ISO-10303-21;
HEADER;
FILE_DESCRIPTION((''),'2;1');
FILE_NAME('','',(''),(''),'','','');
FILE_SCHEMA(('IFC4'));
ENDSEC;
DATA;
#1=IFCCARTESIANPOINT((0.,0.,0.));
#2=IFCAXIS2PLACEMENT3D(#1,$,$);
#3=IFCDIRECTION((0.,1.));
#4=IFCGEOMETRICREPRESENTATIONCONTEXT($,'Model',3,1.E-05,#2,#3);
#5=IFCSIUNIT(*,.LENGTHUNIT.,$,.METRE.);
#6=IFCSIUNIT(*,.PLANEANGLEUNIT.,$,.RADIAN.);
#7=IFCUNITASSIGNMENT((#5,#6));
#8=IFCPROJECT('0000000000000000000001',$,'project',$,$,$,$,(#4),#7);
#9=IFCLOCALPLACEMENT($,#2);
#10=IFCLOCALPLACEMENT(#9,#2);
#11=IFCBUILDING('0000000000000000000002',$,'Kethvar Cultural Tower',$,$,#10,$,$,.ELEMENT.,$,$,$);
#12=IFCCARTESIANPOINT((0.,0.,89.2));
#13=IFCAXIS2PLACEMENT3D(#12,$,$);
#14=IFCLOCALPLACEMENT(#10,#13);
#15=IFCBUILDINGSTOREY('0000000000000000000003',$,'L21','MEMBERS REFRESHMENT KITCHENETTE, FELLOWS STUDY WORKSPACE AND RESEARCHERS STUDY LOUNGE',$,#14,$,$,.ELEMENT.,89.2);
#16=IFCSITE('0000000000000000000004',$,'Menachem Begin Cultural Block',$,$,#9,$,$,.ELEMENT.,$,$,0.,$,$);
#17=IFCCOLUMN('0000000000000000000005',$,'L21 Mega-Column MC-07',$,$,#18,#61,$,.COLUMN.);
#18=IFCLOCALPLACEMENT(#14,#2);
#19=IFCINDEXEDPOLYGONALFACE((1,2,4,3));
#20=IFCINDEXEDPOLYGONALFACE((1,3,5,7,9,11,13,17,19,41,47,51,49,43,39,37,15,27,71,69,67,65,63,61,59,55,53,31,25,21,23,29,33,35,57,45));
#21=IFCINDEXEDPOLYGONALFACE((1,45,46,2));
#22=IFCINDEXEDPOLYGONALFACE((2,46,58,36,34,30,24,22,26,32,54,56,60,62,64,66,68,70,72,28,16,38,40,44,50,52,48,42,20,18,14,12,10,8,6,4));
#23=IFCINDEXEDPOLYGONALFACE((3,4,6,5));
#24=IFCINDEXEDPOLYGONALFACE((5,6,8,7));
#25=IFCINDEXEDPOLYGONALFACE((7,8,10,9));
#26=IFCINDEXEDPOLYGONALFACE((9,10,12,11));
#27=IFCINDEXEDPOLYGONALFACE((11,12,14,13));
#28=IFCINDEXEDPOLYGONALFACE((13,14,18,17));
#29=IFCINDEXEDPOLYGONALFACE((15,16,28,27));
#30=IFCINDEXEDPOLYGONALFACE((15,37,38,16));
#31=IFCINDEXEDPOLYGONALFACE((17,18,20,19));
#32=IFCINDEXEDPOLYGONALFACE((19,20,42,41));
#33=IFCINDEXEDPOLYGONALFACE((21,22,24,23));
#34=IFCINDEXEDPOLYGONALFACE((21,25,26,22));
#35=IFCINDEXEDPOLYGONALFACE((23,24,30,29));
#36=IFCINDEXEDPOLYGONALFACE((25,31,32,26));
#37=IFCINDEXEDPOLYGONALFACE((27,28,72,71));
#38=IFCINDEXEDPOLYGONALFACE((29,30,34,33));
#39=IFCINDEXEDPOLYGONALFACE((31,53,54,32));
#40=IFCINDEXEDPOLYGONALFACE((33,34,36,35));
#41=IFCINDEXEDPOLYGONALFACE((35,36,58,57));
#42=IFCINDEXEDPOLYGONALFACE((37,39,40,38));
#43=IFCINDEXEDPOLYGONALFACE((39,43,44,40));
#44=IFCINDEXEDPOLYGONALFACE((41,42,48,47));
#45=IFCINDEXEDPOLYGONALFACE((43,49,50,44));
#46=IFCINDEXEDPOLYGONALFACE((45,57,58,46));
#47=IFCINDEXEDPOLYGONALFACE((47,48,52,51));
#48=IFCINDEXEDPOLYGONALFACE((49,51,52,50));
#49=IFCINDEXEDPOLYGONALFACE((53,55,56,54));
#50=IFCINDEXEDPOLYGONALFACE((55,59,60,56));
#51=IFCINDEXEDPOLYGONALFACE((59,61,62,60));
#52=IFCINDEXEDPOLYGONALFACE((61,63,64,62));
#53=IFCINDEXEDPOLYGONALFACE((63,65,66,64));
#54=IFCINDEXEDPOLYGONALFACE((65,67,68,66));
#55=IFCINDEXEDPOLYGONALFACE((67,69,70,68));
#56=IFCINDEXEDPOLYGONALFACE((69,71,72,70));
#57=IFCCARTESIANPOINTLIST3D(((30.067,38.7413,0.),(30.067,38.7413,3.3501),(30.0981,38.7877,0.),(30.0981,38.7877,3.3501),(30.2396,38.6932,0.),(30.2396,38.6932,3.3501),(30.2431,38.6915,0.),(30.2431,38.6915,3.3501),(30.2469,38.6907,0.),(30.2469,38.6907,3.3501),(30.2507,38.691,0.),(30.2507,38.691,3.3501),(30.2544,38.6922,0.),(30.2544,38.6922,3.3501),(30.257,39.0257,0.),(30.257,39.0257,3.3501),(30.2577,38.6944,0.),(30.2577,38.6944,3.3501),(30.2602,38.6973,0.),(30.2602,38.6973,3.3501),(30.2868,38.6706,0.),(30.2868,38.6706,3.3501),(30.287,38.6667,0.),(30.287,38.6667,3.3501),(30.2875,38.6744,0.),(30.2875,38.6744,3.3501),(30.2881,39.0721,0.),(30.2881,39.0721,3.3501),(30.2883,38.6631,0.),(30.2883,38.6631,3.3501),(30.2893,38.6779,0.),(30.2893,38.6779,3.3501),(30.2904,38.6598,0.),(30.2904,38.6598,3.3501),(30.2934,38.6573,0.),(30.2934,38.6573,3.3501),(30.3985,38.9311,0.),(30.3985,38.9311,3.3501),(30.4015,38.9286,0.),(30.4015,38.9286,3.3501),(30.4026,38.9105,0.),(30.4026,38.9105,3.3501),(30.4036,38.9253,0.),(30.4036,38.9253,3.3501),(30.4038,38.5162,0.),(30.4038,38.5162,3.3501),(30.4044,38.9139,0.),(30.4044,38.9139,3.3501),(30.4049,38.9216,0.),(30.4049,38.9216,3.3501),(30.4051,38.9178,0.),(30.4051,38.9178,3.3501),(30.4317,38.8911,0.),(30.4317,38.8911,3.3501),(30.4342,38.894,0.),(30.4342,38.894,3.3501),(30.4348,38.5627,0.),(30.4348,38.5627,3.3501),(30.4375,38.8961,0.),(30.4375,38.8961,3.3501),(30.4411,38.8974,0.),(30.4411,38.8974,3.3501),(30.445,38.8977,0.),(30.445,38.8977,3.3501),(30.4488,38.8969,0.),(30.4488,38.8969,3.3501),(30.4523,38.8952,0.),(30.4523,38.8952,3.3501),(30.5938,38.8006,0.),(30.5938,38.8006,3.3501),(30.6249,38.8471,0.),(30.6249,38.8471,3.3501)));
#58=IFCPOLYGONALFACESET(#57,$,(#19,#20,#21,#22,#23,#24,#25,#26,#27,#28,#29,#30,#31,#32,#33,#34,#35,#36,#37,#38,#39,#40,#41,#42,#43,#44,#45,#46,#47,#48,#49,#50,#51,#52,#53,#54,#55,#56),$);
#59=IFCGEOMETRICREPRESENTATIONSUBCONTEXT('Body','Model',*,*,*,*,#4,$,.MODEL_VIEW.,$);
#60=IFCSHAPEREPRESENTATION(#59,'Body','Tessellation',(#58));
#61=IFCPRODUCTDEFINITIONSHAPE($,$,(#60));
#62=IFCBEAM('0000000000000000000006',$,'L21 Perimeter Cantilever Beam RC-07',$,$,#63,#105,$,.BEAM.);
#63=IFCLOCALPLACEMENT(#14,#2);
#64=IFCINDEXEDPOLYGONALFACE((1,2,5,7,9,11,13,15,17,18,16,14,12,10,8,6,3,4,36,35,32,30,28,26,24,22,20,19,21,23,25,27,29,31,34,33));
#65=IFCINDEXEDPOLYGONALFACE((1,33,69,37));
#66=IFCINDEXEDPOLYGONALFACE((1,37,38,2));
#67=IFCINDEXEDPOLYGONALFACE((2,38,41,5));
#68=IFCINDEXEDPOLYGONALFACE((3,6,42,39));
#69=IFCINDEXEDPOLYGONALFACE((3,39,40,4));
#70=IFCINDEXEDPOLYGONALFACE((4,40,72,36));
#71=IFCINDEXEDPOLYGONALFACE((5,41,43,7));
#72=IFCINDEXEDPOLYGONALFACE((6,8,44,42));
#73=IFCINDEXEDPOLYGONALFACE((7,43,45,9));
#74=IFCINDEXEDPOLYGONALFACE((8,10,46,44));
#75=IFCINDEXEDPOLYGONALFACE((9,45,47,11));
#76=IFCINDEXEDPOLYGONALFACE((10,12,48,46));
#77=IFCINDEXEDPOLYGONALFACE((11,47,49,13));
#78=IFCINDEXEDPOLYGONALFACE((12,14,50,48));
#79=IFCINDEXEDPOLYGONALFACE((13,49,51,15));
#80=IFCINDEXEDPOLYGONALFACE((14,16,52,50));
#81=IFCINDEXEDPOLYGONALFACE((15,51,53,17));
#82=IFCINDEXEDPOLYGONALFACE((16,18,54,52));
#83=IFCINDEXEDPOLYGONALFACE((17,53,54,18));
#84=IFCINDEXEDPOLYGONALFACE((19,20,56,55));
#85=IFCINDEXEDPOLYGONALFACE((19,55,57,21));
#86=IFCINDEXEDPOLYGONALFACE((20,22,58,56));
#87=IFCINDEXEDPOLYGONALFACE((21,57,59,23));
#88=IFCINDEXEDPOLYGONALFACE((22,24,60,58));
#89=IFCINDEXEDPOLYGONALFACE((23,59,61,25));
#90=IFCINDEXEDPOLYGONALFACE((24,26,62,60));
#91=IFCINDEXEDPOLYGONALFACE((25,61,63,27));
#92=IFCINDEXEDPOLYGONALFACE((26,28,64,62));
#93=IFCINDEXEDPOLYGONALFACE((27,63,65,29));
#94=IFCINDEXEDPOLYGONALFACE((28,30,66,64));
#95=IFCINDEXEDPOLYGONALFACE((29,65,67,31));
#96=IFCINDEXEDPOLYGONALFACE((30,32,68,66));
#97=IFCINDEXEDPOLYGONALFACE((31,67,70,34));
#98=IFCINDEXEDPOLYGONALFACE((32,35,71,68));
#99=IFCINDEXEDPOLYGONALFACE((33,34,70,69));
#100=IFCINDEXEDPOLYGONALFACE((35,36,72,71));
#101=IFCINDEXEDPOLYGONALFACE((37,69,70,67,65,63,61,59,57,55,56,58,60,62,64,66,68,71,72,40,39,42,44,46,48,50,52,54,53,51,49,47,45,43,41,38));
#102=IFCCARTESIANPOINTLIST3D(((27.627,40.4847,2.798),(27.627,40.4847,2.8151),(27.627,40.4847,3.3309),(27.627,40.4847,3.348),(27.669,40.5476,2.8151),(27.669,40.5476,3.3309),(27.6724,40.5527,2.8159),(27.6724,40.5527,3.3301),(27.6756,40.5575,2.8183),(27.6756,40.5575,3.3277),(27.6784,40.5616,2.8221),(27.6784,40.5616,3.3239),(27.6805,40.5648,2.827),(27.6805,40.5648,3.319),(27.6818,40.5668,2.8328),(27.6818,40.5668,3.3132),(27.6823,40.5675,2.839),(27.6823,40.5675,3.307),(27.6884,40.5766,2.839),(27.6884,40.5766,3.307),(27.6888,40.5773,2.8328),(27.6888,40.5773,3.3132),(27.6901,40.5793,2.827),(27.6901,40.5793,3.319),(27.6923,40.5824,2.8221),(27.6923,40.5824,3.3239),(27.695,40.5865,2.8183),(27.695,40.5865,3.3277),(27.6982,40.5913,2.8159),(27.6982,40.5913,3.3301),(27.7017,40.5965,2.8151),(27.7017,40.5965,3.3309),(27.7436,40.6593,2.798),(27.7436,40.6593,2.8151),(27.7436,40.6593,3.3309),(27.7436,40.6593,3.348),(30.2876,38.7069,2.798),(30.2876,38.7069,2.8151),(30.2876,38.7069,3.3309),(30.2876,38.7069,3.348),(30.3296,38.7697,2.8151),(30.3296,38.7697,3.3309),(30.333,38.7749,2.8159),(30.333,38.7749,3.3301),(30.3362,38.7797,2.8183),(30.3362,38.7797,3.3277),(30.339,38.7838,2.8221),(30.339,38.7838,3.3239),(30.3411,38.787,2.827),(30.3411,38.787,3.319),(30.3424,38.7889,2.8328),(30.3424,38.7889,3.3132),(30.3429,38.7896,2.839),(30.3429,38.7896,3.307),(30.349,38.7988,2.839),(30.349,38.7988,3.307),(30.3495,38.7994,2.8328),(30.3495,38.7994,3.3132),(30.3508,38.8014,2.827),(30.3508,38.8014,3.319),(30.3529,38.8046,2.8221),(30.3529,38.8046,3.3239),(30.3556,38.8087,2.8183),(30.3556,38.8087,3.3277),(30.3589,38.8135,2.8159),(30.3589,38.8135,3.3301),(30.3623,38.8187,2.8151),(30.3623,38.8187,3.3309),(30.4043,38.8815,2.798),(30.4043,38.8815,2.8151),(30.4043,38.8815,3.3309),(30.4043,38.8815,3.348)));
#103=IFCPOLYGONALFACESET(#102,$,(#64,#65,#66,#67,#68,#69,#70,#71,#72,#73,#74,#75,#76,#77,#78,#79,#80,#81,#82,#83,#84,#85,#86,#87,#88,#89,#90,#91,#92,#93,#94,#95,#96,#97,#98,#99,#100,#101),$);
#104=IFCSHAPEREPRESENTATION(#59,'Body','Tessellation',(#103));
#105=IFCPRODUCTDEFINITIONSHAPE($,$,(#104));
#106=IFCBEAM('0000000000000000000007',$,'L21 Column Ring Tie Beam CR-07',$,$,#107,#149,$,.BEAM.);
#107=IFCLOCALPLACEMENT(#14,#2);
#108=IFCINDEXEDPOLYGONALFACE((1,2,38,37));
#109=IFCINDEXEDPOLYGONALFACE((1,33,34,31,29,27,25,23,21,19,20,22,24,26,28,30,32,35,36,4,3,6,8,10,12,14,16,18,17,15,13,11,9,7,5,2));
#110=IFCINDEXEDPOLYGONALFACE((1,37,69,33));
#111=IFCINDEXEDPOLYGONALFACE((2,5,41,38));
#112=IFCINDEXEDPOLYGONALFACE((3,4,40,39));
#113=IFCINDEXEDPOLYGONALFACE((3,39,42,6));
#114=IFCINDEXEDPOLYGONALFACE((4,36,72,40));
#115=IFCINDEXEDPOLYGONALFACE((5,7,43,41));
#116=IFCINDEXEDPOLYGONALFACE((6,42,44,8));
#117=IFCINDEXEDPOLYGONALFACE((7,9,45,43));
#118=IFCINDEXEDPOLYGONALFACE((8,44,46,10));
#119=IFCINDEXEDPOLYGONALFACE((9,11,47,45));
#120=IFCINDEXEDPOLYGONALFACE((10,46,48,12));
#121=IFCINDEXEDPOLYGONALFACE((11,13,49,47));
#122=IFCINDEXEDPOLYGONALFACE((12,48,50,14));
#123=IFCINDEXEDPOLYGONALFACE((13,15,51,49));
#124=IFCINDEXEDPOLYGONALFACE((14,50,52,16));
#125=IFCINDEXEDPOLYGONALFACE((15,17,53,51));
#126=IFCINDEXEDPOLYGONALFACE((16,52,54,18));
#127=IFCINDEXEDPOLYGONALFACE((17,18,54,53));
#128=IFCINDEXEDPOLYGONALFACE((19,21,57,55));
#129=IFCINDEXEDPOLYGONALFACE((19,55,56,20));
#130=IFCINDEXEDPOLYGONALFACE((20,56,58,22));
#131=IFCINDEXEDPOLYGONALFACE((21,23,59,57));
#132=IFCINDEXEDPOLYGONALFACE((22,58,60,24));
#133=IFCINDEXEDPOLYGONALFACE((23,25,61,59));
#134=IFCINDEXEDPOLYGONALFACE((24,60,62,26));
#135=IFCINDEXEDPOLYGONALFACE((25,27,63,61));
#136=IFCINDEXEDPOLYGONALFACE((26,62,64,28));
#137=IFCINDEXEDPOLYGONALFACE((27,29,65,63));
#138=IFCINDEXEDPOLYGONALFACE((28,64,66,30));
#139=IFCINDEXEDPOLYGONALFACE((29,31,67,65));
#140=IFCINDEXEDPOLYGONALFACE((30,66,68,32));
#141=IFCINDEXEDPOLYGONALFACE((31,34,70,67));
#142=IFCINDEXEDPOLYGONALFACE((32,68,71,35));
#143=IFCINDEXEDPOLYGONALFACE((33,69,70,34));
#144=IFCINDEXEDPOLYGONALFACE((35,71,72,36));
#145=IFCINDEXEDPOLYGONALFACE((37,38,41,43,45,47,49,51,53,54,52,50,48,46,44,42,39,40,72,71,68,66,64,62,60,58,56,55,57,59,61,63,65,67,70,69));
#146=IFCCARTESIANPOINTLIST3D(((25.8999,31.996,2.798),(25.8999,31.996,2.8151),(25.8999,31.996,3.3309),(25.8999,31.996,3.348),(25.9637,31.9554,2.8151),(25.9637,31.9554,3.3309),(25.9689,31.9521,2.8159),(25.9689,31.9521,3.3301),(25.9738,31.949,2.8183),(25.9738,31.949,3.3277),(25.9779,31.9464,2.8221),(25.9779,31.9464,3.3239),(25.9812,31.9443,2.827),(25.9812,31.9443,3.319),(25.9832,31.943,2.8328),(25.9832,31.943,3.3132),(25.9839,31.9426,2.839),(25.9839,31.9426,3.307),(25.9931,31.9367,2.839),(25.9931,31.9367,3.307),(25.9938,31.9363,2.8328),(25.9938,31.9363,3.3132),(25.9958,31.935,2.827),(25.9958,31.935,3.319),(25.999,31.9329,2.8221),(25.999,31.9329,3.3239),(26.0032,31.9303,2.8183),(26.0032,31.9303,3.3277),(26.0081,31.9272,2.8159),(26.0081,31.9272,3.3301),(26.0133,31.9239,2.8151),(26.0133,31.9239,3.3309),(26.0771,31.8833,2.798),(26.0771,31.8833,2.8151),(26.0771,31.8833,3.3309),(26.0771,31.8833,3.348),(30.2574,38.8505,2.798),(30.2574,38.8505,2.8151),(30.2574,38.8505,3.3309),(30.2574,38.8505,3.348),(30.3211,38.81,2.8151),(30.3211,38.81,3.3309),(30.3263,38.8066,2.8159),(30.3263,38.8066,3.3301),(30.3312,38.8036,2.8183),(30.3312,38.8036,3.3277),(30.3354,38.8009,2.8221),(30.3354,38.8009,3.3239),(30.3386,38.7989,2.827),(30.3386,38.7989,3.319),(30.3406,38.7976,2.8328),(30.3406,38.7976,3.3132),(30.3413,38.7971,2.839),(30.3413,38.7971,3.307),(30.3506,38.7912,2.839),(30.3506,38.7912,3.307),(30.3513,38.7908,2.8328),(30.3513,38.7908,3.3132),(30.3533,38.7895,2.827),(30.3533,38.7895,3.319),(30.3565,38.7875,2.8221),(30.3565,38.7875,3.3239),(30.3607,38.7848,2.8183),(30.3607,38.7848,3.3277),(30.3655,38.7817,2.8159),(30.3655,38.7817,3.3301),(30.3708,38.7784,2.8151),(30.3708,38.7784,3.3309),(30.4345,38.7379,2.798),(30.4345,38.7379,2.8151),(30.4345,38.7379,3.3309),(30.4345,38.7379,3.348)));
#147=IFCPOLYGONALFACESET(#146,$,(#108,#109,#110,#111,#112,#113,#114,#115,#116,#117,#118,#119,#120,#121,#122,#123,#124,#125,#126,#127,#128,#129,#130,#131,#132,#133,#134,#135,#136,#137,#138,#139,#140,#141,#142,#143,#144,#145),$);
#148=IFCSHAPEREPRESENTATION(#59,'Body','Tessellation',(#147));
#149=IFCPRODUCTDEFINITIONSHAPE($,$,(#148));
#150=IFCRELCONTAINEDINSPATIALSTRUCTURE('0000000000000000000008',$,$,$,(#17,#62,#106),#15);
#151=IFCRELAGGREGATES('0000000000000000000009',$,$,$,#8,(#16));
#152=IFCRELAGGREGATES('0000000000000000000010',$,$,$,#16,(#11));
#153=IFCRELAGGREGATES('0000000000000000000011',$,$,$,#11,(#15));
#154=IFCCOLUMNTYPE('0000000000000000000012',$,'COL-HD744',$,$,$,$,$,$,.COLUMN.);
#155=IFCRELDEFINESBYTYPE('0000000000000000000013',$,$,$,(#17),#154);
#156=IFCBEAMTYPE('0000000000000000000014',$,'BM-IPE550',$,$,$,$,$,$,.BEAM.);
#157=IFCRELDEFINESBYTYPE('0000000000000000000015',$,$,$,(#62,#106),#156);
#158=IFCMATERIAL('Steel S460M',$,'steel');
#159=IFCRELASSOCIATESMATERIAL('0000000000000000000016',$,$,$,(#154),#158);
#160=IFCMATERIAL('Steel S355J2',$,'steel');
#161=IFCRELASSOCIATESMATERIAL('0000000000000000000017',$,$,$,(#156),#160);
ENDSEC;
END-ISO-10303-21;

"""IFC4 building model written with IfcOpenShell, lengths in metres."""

from ifc_helpers import new_model, si_unit, direction, frame, origin, origin_2d, place, context, subcontext, project, spatial, i_section, extrude, source, transform, mapped, material, material_profile, profile_set, type_object, element, save


model = new_model("IFC4")

# Units and contexts
model_context = context("Model", 3, precision=1e-05, world=origin(), true_north=direction((0.0, 1.0)))
body_context = subcontext(model_context, "Body", "Model", "MODEL_VIEW")
ifc_project = project(units=[si_unit("LENGTHUNIT", "METRE"), si_unit("PLANEANGLEUNIT", "RADIAN")], contexts=[model_context])

# Site, building, storey
site_placement = place(None, origin())
site = spatial("IfcSite", under=ifc_project, at=site_placement, Name="Menachem Begin Cultural Block", CompositionType="ELEMENT", RefElevation=0.0)
building_placement = place(site_placement, origin())
building = spatial("IfcBuilding", under=site, at=building_placement, Name="Kethvar Cultural Tower", CompositionType="ELEMENT")
storey_placement = place(building_placement, frame((0.0, 0.0, 89.2)))
storey = spatial("IfcBuildingStorey", under=building, at=storey_placement, Name="L21", Description="MEMBERS REFRESHMENT KITCHENETTE, FELLOWS STUDY WORKSPACE AND RESEARCHERS STUDY LOUNGE", CompositionType="ELEMENT", Elevation=89.2)

# Column
ifc_material_1 = material(Name="Steel S460M", Category="steel")
ifc_material_profile_1 = material_profile(ifc_material_1, i_section(OverallWidth=0.405, OverallDepth=0.3979, WebThickness=0.0349, FlangeThickness=0.0559, FilletRadius=0.0149, at=origin_2d()), Name="Steel S460M — HD400x744")
ifc_profile_set_1 = profile_set([ifc_material_profile_1], Name="Steel S460M — HD400x744")
column_type = type_object("IfcColumnType", Name="COL-HD744", PredefinedType="COLUMN", material=ifc_profile_set_1)
shared_shape_1 = source(origin(), body_context, "Body", "SweptSolid", [
    extrude(i_section(OverallWidth=0.405, OverallDepth=0.3979, WebThickness=0.0349, FlangeThickness=0.0559, FilletRadius=0.0149, at=origin_2d()), origin(), (0.0, 0.0, 1.0), 3.3501),
])
column_placement = place(storey_placement, frame((30.3459, 38.7942, 0.0), z_axis=(0.0, 0.0, 1.0), x_axis=(-0.83147, 0.55557, 0.0)))
element("IfcColumn", 1, at=column_placement, inside=storey, type_object=column_type, Name="L21 Mega-Column MC-07", PredefinedType="COLUMN", context=body_context, shape_type="MappedRepresentation", body=[
    mapped(shared_shape_1, transform((0.0, 0.0, 0.0), scale=1.0)),
])

# Beams
ifc_material_2 = material(Name="Steel S355J2", Category="steel")
ifc_material_profile_2 = material_profile(ifc_material_2, i_section(OverallWidth=0.21, OverallDepth=0.55, WebThickness=0.011, FlangeThickness=0.0171, FilletRadius=0.0239, at=origin_2d()), Name="Steel S355J2 — IPE550")
ifc_profile_set_2 = profile_set([ifc_material_profile_2], Name="Steel S355J2 — IPE550")
beam_type_1 = type_object("IfcBeamType", Name="BM-IPE550", PredefinedType="BEAM", material=ifc_profile_set_2)
shared_shape_2 = source(origin(), body_context, "Body", "SweptSolid", [
    extrude(i_section(OverallWidth=0.21, OverallDepth=0.55, WebThickness=0.011, FlangeThickness=0.0171, FilletRadius=0.0239, at=origin_2d()), origin(), (0.0, 0.0, 1.0), 3.2),
])
beam_1_placement = place(storey_placement, frame((30.3459, 38.7942, 3.073), z_axis=(-0.831463, 0.55558, 0.0), x_axis=(-0.55558, -0.831463, 0.0)))
element("IfcBeam", 2, at=beam_1_placement, inside=storey, type_object=beam_type_1, Name="L21 Perimeter Cantilever Beam RC-07", PredefinedType="BEAM", context=body_context, shape_type="MappedRepresentation", body=[
    mapped(shared_shape_2, transform((0.0, 0.0, 0.0), scale=1.0)),
])
shared_shape_3 = source(origin(), body_context, "Body", "SweptSolid", [
    extrude(i_section(OverallWidth=0.21, OverallDepth=0.55, WebThickness=0.011, FlangeThickness=0.0171, FilletRadius=0.0239, at=origin_2d()), origin(), (0.0, 0.0, 1.0), 8.1223),
])
beam_2_placement = place(storey_placement, frame((30.3459, 38.7942, 3.073), z_axis=(-0.536479, -0.843914, 0.0), x_axis=(0.843914, -0.536479, 0.0)))
element("IfcBeam", 3, at=beam_2_placement, inside=storey, type_object=beam_type_1, Name="L21 Column Ring Tie Beam CR-07", PredefinedType="BEAM", context=body_context, shape_type="MappedRepresentation", body=[
    mapped(shared_shape_3, transform((0.0, 0.0, 0.0), scale=1.0)),
])

save(model, "model.ifc")
